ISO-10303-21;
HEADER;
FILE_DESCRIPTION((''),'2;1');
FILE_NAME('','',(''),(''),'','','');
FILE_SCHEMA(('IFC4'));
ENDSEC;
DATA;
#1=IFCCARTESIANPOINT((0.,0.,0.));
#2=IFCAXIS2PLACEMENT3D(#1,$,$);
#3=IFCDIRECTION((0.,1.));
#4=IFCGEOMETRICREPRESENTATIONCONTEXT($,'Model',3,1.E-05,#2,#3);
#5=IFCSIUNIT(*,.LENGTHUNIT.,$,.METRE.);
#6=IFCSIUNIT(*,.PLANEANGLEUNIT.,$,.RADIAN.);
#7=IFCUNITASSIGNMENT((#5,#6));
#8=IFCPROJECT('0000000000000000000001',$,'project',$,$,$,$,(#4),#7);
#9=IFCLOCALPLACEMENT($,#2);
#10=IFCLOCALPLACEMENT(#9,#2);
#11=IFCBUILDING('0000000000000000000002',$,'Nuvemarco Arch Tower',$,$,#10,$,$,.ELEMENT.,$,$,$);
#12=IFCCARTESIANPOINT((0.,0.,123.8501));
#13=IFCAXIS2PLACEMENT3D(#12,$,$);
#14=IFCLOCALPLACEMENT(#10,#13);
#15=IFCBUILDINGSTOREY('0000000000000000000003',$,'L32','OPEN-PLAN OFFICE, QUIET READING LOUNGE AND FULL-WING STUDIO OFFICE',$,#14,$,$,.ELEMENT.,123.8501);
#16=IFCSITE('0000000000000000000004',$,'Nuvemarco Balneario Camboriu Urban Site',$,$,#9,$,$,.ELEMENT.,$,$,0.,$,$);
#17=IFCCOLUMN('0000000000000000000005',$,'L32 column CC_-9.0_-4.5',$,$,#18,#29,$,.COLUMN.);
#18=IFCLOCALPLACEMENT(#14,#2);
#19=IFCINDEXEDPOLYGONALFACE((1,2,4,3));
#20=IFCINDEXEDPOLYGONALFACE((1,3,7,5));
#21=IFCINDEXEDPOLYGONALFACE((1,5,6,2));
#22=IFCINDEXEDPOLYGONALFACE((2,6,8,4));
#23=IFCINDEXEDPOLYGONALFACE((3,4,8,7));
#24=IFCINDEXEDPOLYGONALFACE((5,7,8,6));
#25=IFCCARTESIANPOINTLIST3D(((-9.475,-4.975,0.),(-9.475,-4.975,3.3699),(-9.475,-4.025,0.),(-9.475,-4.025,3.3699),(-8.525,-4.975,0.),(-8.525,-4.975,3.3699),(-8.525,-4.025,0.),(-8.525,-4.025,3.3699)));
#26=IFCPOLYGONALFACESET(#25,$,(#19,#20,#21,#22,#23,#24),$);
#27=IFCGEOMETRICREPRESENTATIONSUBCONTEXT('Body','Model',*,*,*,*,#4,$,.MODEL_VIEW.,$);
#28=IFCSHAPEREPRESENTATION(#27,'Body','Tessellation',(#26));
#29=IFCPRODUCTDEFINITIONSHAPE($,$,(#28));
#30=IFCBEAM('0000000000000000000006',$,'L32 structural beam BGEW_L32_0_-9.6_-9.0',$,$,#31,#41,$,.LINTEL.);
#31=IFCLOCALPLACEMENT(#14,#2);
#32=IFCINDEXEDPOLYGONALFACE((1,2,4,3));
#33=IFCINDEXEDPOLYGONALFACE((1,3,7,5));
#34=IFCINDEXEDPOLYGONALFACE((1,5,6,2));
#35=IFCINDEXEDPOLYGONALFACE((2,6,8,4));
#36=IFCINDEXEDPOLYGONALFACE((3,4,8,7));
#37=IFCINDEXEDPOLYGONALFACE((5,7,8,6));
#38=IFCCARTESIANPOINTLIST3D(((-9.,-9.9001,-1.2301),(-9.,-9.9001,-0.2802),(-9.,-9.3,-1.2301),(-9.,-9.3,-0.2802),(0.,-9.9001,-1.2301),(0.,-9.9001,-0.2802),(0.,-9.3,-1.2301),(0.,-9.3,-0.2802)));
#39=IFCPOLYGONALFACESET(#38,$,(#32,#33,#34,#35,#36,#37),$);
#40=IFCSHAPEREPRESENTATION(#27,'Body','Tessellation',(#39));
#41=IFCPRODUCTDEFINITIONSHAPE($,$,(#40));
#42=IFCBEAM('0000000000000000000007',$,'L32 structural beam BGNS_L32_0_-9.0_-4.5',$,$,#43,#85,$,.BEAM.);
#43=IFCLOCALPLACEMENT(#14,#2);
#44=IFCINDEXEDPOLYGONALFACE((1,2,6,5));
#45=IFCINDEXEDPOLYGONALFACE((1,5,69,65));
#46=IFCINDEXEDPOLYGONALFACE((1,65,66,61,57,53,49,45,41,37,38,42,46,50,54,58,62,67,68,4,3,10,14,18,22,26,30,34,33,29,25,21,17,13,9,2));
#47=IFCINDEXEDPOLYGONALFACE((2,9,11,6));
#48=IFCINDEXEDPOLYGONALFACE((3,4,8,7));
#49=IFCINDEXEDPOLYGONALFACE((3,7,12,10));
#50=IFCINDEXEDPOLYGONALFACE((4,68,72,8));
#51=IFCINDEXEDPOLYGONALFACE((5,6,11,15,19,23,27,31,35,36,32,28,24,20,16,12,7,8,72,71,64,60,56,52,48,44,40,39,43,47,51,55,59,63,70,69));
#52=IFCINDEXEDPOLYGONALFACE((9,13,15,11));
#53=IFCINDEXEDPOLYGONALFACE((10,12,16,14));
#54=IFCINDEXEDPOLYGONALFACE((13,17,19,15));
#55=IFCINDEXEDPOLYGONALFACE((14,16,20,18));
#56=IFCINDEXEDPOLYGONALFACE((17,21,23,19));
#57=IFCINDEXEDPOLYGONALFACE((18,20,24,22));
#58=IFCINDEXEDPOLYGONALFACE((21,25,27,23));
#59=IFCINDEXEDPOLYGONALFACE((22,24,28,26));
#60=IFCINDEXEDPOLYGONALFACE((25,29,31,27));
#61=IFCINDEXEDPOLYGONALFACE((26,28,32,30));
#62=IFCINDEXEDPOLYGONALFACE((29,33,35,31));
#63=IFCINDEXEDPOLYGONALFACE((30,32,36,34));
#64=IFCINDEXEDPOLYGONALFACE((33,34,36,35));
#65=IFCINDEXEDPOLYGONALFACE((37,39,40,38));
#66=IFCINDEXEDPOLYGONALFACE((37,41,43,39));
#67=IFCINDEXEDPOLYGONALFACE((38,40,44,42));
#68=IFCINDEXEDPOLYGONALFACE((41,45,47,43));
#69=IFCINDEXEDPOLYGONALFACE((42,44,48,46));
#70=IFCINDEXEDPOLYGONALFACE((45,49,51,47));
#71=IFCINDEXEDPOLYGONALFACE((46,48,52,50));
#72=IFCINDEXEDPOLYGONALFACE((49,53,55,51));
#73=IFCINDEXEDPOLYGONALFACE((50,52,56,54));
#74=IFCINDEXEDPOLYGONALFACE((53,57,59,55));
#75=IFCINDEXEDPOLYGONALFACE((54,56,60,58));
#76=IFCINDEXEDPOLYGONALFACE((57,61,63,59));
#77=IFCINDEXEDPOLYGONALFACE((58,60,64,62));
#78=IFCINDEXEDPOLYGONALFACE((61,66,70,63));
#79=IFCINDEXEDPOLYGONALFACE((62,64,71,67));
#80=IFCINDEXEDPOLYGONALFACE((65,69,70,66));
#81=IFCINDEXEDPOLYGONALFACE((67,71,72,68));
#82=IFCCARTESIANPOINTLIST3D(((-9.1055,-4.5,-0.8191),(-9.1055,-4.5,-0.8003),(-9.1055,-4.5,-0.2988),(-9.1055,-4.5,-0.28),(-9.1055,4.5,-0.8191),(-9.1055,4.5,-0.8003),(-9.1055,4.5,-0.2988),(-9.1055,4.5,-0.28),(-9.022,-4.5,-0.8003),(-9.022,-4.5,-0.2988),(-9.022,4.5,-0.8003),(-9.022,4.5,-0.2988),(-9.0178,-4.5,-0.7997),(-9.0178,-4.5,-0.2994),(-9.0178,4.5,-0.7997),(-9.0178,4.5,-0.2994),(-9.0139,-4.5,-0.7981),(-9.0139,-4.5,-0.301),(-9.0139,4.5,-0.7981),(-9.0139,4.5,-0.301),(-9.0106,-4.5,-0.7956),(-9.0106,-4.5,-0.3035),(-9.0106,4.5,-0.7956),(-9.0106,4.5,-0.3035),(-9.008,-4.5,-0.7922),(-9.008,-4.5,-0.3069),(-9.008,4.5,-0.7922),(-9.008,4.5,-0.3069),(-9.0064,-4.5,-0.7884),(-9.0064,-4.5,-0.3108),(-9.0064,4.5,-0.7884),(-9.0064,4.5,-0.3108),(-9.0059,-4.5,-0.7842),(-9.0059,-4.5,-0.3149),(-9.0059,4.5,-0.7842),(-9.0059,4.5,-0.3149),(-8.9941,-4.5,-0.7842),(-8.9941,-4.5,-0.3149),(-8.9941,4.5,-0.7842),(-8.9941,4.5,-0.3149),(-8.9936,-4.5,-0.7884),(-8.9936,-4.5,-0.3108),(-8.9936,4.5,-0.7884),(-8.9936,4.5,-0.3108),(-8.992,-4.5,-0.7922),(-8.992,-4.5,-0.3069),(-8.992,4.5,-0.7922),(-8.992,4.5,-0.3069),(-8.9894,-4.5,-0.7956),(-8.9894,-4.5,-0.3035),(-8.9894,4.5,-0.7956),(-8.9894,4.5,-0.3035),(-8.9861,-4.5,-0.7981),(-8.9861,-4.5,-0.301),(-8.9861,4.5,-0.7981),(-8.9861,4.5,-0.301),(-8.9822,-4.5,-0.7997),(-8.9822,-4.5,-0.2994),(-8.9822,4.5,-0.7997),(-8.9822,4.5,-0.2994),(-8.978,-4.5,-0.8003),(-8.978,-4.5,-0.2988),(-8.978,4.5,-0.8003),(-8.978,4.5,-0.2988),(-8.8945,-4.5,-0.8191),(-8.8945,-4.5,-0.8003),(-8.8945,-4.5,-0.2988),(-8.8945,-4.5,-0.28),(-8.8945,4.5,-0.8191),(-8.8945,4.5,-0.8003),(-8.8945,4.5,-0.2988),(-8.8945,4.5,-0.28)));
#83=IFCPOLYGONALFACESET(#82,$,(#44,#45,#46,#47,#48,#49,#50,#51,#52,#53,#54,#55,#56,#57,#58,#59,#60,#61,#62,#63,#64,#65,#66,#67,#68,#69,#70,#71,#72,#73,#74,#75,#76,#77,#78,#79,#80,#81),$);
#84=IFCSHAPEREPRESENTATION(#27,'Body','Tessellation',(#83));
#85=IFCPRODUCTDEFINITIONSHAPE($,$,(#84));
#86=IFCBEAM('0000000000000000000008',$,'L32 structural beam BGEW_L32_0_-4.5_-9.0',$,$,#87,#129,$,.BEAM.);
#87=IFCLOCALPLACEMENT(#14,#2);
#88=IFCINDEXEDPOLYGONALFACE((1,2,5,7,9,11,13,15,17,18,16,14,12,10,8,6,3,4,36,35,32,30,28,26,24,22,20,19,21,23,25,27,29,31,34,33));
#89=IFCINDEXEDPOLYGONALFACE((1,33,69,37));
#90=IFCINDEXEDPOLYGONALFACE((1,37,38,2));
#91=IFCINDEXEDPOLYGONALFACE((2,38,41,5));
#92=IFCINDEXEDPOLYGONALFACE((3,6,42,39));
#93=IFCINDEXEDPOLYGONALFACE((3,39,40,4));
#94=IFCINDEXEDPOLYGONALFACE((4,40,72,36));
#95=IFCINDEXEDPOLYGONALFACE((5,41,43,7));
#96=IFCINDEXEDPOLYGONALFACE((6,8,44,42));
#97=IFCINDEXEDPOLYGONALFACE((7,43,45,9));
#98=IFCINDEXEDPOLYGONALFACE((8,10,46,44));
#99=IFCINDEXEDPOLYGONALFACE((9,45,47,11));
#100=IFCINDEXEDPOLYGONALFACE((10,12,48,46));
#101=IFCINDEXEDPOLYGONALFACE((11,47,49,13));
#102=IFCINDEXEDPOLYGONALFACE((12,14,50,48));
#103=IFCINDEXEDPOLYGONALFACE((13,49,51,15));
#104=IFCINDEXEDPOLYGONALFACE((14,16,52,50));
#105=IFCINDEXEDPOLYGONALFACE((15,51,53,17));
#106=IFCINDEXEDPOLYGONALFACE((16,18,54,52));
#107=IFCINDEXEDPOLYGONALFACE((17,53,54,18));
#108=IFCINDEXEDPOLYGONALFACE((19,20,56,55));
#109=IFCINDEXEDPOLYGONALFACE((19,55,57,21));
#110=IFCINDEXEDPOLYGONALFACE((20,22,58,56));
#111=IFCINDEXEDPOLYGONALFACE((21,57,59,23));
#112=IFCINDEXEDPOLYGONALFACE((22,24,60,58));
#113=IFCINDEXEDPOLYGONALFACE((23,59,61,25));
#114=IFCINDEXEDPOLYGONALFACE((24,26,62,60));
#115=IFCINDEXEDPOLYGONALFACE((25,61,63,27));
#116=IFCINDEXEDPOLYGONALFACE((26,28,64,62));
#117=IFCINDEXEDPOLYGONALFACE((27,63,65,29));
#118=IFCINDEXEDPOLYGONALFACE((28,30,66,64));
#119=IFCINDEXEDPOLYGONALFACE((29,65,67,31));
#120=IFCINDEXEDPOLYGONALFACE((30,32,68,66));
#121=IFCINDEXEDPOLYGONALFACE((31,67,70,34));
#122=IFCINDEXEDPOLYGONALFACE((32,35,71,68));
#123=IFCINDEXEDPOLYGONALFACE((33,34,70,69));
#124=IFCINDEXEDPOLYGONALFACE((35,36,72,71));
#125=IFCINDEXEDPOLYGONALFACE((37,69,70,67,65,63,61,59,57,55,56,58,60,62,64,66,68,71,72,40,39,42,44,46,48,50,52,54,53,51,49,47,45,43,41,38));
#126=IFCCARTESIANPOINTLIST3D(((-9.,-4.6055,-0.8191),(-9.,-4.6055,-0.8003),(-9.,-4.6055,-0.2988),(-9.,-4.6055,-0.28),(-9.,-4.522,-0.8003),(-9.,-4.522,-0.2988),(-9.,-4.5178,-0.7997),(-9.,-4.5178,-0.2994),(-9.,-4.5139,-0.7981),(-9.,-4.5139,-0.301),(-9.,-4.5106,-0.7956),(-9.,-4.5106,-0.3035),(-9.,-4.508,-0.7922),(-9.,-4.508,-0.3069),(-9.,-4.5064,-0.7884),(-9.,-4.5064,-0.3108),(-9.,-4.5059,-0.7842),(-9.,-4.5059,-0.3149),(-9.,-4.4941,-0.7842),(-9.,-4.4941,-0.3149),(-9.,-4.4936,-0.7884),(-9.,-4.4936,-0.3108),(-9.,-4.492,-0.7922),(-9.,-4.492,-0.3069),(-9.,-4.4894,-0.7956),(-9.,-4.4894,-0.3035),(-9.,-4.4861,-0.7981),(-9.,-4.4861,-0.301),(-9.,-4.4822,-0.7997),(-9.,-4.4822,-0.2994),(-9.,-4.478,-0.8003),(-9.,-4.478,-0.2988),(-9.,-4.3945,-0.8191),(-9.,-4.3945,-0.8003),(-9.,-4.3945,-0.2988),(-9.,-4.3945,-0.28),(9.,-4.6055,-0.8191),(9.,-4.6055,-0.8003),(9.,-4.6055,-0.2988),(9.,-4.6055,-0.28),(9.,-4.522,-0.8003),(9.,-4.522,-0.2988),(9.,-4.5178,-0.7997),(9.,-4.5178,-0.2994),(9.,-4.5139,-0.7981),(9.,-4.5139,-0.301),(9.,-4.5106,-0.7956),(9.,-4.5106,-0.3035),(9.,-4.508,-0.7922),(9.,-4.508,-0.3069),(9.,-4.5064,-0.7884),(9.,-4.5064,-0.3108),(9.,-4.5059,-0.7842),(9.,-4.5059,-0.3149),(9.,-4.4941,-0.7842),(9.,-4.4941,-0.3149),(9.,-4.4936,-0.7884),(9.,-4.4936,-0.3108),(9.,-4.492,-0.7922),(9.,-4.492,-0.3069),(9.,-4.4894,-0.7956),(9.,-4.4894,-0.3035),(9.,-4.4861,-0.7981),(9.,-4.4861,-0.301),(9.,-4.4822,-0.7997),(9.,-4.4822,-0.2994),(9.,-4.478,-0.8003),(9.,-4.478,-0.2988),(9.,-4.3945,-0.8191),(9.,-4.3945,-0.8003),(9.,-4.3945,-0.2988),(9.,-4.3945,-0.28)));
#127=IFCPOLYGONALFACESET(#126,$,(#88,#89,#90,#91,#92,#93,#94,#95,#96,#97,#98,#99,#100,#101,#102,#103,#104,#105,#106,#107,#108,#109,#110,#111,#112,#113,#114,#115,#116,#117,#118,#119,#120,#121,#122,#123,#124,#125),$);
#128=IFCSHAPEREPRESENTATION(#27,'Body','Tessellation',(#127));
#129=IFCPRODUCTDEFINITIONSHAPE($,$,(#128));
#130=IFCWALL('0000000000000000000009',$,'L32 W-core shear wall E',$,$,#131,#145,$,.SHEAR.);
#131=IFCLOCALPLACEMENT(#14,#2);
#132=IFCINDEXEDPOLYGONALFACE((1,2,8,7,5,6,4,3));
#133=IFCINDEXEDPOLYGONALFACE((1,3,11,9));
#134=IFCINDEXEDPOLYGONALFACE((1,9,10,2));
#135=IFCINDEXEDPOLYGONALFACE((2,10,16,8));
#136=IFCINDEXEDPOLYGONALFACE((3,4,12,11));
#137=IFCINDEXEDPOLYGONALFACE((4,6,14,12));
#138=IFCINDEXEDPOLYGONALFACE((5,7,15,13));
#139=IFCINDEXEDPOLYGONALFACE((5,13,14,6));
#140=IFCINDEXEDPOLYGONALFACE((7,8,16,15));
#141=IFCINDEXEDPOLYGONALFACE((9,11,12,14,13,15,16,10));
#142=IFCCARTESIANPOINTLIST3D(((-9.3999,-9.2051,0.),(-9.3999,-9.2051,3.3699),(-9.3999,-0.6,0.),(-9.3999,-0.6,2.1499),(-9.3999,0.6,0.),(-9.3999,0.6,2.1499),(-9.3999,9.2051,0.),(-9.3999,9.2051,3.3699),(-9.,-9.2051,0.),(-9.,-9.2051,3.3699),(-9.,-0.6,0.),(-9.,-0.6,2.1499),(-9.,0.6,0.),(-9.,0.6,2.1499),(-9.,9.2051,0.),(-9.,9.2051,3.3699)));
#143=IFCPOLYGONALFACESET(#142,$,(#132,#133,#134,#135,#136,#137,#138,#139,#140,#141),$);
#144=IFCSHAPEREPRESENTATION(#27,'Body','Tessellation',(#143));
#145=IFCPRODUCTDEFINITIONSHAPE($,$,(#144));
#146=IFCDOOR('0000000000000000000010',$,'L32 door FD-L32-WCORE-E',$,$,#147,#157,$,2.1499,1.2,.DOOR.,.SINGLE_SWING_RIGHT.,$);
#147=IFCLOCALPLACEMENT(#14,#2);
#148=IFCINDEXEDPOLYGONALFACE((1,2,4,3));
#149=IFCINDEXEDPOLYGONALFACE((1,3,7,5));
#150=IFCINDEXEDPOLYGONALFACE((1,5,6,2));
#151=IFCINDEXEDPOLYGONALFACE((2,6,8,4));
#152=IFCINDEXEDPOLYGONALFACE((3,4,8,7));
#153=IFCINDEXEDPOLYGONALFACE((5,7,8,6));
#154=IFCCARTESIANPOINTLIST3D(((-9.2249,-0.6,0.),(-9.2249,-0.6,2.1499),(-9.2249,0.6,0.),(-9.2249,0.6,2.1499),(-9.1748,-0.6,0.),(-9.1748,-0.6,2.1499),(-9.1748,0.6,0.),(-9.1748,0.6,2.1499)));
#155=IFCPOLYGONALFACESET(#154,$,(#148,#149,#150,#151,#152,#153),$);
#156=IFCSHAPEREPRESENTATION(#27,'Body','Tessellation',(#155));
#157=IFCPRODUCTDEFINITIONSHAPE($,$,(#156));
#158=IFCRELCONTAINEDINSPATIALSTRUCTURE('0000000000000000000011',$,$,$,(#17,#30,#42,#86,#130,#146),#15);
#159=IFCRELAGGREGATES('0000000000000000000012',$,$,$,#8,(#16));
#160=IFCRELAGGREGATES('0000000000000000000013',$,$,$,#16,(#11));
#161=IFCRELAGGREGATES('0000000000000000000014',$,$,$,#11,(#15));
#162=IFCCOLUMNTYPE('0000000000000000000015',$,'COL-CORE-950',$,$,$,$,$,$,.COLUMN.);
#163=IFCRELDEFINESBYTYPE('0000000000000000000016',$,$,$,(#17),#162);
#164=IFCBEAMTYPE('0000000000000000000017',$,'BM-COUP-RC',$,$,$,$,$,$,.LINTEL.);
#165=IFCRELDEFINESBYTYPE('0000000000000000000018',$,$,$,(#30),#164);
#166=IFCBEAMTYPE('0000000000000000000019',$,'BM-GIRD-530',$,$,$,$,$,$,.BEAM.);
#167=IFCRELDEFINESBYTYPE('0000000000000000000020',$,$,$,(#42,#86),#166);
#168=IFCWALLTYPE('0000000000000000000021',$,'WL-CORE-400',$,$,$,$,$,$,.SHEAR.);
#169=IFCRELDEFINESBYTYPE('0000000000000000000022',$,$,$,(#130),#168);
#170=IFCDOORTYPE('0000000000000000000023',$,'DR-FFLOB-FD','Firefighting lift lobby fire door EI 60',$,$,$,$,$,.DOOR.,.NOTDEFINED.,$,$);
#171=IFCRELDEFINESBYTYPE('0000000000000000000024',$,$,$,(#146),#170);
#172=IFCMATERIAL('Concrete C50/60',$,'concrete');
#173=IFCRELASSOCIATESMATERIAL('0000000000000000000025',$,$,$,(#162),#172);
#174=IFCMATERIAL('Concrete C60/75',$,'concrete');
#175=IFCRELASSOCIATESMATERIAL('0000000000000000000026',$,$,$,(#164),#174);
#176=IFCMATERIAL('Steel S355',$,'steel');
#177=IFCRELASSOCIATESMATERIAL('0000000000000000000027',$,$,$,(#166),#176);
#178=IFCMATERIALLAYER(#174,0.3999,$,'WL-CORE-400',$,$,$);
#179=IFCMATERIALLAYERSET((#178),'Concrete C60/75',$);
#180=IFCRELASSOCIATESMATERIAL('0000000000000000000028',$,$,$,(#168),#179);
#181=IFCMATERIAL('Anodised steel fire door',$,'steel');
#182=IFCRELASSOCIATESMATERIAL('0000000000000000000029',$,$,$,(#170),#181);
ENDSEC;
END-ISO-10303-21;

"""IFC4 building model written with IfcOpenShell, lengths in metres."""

from ifc_helpers import new_model, si_unit, direction, frame, frame_2d, origin, origin_2d, place, context, subcontext, project, spatial, rectangle, i_section, extrude, source, transform, mapped, material, layer, layer_set, material_profile, profile_set, type_object, type_shapes, element, fill, save


model = new_model("IFC4")

# Units and contexts
model_context = context("Model", 3, precision=1e-05, world=origin(), true_north=direction((0.0, 1.0)))
body_context = subcontext(model_context, "Body", "Model", "MODEL_VIEW")
ifc_project = project(units=[si_unit("LENGTHUNIT", "METRE"), si_unit("PLANEANGLEUNIT", "RADIAN")], contexts=[model_context])

# Site, building, storey
site_placement = place(None, origin())
site = spatial("IfcSite", under=ifc_project, at=site_placement, Name="Nuvemarco Balneario Camboriu Urban Site", CompositionType="ELEMENT", RefElevation=0.0)
building_placement = place(site_placement, origin())
building = spatial("IfcBuilding", under=site, at=building_placement, Name="Nuvemarco Arch Tower", CompositionType="ELEMENT")
storey_placement = place(building_placement, frame((0.0, 0.0, 123.8501)))
storey = spatial("IfcBuildingStorey", under=building, at=storey_placement, Name="L32", Description="OPEN-PLAN OFFICE, QUIET READING LOUNGE AND FULL-WING STUDIO OFFICE", CompositionType="ELEMENT", Elevation=123.8501)

# Column
ifc_material_1 = material(Name="Concrete C50/60", Category="concrete")
ifc_material_profile_1 = material_profile(ifc_material_1, rectangle(XDim=0.95, YDim=0.95, at=origin_2d()), Name="RC-COL-950x950")
ifc_profile_set_1 = profile_set([ifc_material_profile_1], Name="Concrete C50/60")
column_type = type_object("IfcColumnType", Name="COL-CORE-950", PredefinedType="COLUMN", material=ifc_profile_set_1)
column_placement = place(storey_placement, frame((-9.0, -4.5, 0.0), z_axis=(0.0, 0.0, 1.0), x_axis=(1.0, 0.0, 0.0)))
element("IfcColumn", 1, at=column_placement, inside=storey, type_object=column_type, Name="L32 column CC_-9.0_-4.5", PredefinedType="COLUMN", context=body_context, shape_type="SweptSolid", body=[
    extrude(rectangle(XDim=0.95, YDim=0.95, at=origin_2d()), origin(), (0.0, 0.0, 1.0), 3.3699),
])

# Beams
ifc_material_2 = material(Name="Concrete C60/75", Category="concrete")
ifc_material_profile_2 = material_profile(ifc_material_2, rectangle(XDim=0.6001, YDim=0.95, at=origin_2d()), Name="RC-BM-600x950")
ifc_profile_set_2 = profile_set([ifc_material_profile_2], Name="Concrete C60/75")
beam_type_1 = type_object("IfcBeamType", Name="BM-COUP-RC", PredefinedType="LINTEL", material=ifc_profile_set_2)
beam_1_placement = place(storey_placement, frame((-9.0, -9.6001, -0.7551), z_axis=(1.0, 0.0, 0.0), x_axis=(0.0, 1.0, 0.0)))
element("IfcBeam", 2, at=beam_1_placement, inside=storey, type_object=beam_type_1, Name="L32 structural beam BGEW_L32_0_-9.6_-9.0", PredefinedType="LINTEL", context=body_context, shape_type="SweptSolid", body=[
    extrude(rectangle(XDim=0.6001, YDim=0.95, at=origin_2d()), origin(), (0.0, 0.0, 1.0), 9.0),
])
ifc_material_3 = material(Name="Steel S355", Category="steel")
ifc_material_profile_3 = material_profile(ifc_material_3, i_section(OverallWidth=0.2109, OverallDepth=0.5391, WebThickness=0.0117, FlangeThickness=0.0188, FilletRadius=0.0161, at=origin_2d()), Name="W530x109")
ifc_profile_set_3 = profile_set([ifc_material_profile_3], Name="Steel S355")
beam_type_2 = type_object("IfcBeamType", Name="BM-GIRD-530", PredefinedType="BEAM", material=ifc_profile_set_3)
beam_2_placement = place(storey_placement, frame((-9.0, -4.5, -0.5496), z_axis=(0.0, 1.0, 0.0), x_axis=(-1.0, 0.0, 0.0)))
element("IfcBeam", 3, at=beam_2_placement, inside=storey, type_object=beam_type_2, Name="L32 structural beam BGNS_L32_0_-9.0_-4.5", PredefinedType="BEAM", context=body_context, shape_type="SweptSolid", body=[
    extrude(i_section(OverallWidth=0.2109, OverallDepth=0.5391, WebThickness=0.0117, FlangeThickness=0.0188, FilletRadius=0.0161, at=origin_2d()), origin(), (0.0, 0.0, 1.0), 9.0),
])
beam_3_placement = place(storey_placement, frame((-9.0, -4.5, -0.5496), z_axis=(1.0, 0.0, 0.0), x_axis=(0.0, 1.0, 0.0)))
element("IfcBeam", 4, at=beam_3_placement, inside=storey, type_object=beam_type_2, Name="L32 structural beam BGEW_L32_0_-4.5_-9.0", PredefinedType="BEAM", context=body_context, shape_type="SweptSolid", body=[
    extrude(i_section(OverallWidth=0.2109, OverallDepth=0.5391, WebThickness=0.0117, FlangeThickness=0.0188, FilletRadius=0.0161, at=origin_2d()), origin(), (0.0, 0.0, 1.0), 18.0),
])

# Wall, opening, door
ifc_layer_1 = layer(ifc_material_2, 0.3999, Name="WL-CORE-400")
ifc_layer_set_1 = layer_set([ifc_layer_1], Name="Concrete C60/75")
wall_type_1 = type_object("IfcWallType", Name="WL-CORE-400", PredefinedType="SHEAR", material=ifc_layer_set_1)
wall_1_placement = place(storey_placement, frame((-9.2, -9.2051, 0.0), z_axis=(0.0, 0.0, 1.0), x_axis=(0.0, 1.0, 0.0)))
wall_1 = element("IfcWall", 5, at=wall_1_placement, inside=storey, type_object=wall_type_1, Name="L32 W-core shear wall E", PredefinedType="SHEAR", context=body_context, shape_type="SweptSolid", body=[
    extrude(rectangle(XDim=18.4102, YDim=0.3999, at=frame_2d((9.2051, 0.0))), origin(), (0.0, 0.0, 1.0), 3.3699),
])
opening_1_placement = place(wall_1_placement, frame((8.605, 0.0, 0.0)))
opening_1 = element("IfcOpeningElement", 6, at=opening_1_placement, cuts=wall_1, PredefinedType="OPENING", context=body_context, shape_type="SweptSolid", body=[
    extrude(rectangle(XDim=1.2, YDim=2.1499, at=frame_2d((0.6001, 1.075))), frame((0.0, 0.21, 0.0), z_axis=(0.0, -1.0, 0.0), x_axis=(1.0, 0.0, 0.0)), (0.0, 0.0, 1.0), 0.4199),
])
ifc_material_4 = material(Name="Anodised steel fire door", Category="steel")
door_type_1 = type_object("IfcDoorType", Name="DR-FFLOB-FD", Description="Firefighting lift lobby fire door EI 60", OperationType="NOTDEFINED", PredefinedType="DOOR", material=ifc_material_4)
shared_shape_1 = source(origin(), body_context, "Body", "SweptSolid", [
    extrude(rectangle(XDim=1.2, YDim=2.1499, at=frame_2d((0.6001, 1.075))), frame((0.0, 0.0249, 0.0), z_axis=(0.0, -1.0, 0.0), x_axis=(1.0, 0.0, 0.0)), (0.0, 0.0, 1.0), 0.05),
])
type_shapes(door_type_1, [shared_shape_1])
door_1_placement = place(opening_1_placement, origin())
door_1 = element("IfcDoor", 7, at=door_1_placement, inside=storey, type_object=door_type_1, Name="L32 door FD-L32-WCORE-E", OperationType="SINGLE_SWING_RIGHT", OverallHeight=2.1499, OverallWidth=1.2, PredefinedType="DOOR", context=body_context, shape_type="MappedRepresentation", body=[
    mapped(shared_shape_1, transform((0.0, 0.0, 0.0), scale=1.0)),
])
fill(opening_1, door_1)

save(model, "model.ifc")
